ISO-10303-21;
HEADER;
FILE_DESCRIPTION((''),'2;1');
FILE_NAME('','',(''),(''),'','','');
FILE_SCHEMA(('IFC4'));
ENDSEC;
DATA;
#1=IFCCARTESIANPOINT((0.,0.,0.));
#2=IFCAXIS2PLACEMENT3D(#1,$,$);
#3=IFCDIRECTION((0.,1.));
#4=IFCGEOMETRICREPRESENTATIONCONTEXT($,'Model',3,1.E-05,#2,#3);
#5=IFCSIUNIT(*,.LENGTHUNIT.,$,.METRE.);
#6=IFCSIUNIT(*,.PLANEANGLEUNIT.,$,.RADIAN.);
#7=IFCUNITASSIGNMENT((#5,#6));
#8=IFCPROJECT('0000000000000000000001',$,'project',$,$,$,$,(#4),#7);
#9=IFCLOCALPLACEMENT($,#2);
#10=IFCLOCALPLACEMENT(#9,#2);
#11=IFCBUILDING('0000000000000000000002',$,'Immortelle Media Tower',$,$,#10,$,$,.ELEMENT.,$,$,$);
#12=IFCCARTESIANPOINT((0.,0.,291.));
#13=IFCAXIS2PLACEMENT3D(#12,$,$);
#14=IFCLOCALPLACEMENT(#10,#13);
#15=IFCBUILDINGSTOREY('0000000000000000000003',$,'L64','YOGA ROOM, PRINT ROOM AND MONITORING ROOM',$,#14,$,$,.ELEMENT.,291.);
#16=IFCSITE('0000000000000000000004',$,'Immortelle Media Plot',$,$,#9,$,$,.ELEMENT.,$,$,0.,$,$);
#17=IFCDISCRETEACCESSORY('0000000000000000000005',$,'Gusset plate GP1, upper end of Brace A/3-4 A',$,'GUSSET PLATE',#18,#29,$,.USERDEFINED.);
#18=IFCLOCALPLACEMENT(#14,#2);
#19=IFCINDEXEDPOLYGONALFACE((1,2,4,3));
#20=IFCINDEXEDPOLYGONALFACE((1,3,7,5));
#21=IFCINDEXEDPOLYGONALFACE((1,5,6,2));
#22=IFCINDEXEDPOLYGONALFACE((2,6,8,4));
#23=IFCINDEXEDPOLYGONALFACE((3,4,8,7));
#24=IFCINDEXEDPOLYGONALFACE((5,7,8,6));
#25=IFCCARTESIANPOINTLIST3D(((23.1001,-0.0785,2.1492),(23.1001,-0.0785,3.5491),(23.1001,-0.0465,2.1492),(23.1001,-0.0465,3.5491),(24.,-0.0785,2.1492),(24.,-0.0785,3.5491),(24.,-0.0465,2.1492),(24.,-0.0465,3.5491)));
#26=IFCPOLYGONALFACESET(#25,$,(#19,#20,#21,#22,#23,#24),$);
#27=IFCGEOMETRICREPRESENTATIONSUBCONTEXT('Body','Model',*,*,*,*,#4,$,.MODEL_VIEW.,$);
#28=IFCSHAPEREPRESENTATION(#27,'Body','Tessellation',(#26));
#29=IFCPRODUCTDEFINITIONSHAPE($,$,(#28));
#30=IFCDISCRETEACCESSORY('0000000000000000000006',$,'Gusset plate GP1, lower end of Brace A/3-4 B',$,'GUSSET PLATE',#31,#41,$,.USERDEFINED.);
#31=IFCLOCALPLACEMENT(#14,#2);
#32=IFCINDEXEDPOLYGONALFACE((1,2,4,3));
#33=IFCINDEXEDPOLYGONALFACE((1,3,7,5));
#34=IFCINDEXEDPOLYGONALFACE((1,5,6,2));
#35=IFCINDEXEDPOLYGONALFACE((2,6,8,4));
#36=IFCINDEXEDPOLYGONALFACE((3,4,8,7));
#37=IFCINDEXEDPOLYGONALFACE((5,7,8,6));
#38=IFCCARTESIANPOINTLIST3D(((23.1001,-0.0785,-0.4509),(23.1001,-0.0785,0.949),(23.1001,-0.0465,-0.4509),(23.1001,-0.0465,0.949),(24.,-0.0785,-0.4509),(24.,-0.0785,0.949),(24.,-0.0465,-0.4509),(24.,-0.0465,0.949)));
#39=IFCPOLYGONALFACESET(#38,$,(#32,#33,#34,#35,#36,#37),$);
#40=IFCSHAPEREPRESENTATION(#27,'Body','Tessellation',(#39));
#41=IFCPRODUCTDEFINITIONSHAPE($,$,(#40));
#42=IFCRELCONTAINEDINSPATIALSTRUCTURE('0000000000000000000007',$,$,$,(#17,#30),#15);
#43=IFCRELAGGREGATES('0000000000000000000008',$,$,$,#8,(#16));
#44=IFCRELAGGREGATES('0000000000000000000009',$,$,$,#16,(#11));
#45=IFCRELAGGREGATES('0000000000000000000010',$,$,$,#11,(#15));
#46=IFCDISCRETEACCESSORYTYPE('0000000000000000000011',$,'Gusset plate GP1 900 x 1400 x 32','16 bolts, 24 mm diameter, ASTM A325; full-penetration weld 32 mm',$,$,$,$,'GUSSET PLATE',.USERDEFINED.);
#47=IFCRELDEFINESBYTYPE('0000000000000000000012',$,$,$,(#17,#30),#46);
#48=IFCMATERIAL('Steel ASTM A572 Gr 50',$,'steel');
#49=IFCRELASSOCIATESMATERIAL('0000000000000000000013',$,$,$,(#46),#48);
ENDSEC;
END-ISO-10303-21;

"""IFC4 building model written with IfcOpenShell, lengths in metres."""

from ifc_helpers import new_model, si_unit, direction, frame, origin, origin_2d, place, context, subcontext, project, spatial, rectangle, extrude, material, material_profile, profile_set, type_object, element, save


model = new_model("IFC4")

# Units and contexts
model_context = context("Model", 3, precision=1e-05, world=origin(), true_north=direction((0.0, 1.0)))
body_context = subcontext(model_context, "Body", "Model", "MODEL_VIEW")
ifc_project = project(units=[si_unit("LENGTHUNIT", "METRE"), si_unit("PLANEANGLEUNIT", "RADIAN")], contexts=[model_context])

# Site, building, storey
site_placement = place(None, origin())
site = spatial("IfcSite", under=ifc_project, at=site_placement, Name="Immortelle Media Plot", CompositionType="ELEMENT", RefElevation=0.0)
building_placement = place(site_placement, origin())
building = spatial("IfcBuilding", under=site, at=building_placement, Name="Immortelle Media Tower", CompositionType="ELEMENT")
storey_placement = place(building_placement, frame((0.0, 0.0, 291.0)))
storey = spatial("IfcBuildingStorey", under=building, at=storey_placement, Name="L64", Description="YOGA ROOM, PRINT ROOM AND MONITORING ROOM", CompositionType="ELEMENT", Elevation=291.0)

# Discrete accessories
ifc_material_1 = material(Name="Steel ASTM A572 Gr 50", Category="steel")
ifc_material_profile_1 = material_profile(ifc_material_1, rectangle(XDim=0.032, YDim=1.3999, at=origin_2d()), Name="PL 32 x 1400")
ifc_profile_set_1 = profile_set([ifc_material_profile_1], Name="Steel ASTM A572 Gr 50")
discrete_accessory_type_1 = type_object("IfcDiscreteAccessoryType", Name="Gusset plate GP1 900 x 1400 x 32", Description="16 bolts, 24 mm diameter, ASTM A325; full-penetration weld 32 mm", ElementType="GUSSET PLATE", PredefinedType="USERDEFINED", material=ifc_profile_set_1)
for number, where, z_axis, x_axis, name in (
    (1, (24.0, -0.0625, 2.8491), (-1.0, 0.0, 0.0), (0.0, -1.0, 0.0), "Gusset plate GP1, upper end of Brace A/3-4 A"),
    (2, (24.0, -0.0625, 0.249), (-1.0, 0.0, 0.0), (0.0, -1.0, 0.0), "Gusset plate GP1, lower end of Brace A/3-4 B"),
):
    element("IfcDiscreteAccessory", number, at=place(storey_placement, frame(where, z_axis=z_axis, x_axis=x_axis)), inside=storey, type_object=discrete_accessory_type_1, Name=name, ObjectType="GUSSET PLATE", PredefinedType="USERDEFINED", context=body_context, shape_type="SweptSolid", body=[
        extrude(rectangle(XDim=0.032, YDim=1.3999, at=origin_2d()), origin(), (0.0, 0.0, 1.0), 0.8999),
    ])

save(model, "model.ifc")
